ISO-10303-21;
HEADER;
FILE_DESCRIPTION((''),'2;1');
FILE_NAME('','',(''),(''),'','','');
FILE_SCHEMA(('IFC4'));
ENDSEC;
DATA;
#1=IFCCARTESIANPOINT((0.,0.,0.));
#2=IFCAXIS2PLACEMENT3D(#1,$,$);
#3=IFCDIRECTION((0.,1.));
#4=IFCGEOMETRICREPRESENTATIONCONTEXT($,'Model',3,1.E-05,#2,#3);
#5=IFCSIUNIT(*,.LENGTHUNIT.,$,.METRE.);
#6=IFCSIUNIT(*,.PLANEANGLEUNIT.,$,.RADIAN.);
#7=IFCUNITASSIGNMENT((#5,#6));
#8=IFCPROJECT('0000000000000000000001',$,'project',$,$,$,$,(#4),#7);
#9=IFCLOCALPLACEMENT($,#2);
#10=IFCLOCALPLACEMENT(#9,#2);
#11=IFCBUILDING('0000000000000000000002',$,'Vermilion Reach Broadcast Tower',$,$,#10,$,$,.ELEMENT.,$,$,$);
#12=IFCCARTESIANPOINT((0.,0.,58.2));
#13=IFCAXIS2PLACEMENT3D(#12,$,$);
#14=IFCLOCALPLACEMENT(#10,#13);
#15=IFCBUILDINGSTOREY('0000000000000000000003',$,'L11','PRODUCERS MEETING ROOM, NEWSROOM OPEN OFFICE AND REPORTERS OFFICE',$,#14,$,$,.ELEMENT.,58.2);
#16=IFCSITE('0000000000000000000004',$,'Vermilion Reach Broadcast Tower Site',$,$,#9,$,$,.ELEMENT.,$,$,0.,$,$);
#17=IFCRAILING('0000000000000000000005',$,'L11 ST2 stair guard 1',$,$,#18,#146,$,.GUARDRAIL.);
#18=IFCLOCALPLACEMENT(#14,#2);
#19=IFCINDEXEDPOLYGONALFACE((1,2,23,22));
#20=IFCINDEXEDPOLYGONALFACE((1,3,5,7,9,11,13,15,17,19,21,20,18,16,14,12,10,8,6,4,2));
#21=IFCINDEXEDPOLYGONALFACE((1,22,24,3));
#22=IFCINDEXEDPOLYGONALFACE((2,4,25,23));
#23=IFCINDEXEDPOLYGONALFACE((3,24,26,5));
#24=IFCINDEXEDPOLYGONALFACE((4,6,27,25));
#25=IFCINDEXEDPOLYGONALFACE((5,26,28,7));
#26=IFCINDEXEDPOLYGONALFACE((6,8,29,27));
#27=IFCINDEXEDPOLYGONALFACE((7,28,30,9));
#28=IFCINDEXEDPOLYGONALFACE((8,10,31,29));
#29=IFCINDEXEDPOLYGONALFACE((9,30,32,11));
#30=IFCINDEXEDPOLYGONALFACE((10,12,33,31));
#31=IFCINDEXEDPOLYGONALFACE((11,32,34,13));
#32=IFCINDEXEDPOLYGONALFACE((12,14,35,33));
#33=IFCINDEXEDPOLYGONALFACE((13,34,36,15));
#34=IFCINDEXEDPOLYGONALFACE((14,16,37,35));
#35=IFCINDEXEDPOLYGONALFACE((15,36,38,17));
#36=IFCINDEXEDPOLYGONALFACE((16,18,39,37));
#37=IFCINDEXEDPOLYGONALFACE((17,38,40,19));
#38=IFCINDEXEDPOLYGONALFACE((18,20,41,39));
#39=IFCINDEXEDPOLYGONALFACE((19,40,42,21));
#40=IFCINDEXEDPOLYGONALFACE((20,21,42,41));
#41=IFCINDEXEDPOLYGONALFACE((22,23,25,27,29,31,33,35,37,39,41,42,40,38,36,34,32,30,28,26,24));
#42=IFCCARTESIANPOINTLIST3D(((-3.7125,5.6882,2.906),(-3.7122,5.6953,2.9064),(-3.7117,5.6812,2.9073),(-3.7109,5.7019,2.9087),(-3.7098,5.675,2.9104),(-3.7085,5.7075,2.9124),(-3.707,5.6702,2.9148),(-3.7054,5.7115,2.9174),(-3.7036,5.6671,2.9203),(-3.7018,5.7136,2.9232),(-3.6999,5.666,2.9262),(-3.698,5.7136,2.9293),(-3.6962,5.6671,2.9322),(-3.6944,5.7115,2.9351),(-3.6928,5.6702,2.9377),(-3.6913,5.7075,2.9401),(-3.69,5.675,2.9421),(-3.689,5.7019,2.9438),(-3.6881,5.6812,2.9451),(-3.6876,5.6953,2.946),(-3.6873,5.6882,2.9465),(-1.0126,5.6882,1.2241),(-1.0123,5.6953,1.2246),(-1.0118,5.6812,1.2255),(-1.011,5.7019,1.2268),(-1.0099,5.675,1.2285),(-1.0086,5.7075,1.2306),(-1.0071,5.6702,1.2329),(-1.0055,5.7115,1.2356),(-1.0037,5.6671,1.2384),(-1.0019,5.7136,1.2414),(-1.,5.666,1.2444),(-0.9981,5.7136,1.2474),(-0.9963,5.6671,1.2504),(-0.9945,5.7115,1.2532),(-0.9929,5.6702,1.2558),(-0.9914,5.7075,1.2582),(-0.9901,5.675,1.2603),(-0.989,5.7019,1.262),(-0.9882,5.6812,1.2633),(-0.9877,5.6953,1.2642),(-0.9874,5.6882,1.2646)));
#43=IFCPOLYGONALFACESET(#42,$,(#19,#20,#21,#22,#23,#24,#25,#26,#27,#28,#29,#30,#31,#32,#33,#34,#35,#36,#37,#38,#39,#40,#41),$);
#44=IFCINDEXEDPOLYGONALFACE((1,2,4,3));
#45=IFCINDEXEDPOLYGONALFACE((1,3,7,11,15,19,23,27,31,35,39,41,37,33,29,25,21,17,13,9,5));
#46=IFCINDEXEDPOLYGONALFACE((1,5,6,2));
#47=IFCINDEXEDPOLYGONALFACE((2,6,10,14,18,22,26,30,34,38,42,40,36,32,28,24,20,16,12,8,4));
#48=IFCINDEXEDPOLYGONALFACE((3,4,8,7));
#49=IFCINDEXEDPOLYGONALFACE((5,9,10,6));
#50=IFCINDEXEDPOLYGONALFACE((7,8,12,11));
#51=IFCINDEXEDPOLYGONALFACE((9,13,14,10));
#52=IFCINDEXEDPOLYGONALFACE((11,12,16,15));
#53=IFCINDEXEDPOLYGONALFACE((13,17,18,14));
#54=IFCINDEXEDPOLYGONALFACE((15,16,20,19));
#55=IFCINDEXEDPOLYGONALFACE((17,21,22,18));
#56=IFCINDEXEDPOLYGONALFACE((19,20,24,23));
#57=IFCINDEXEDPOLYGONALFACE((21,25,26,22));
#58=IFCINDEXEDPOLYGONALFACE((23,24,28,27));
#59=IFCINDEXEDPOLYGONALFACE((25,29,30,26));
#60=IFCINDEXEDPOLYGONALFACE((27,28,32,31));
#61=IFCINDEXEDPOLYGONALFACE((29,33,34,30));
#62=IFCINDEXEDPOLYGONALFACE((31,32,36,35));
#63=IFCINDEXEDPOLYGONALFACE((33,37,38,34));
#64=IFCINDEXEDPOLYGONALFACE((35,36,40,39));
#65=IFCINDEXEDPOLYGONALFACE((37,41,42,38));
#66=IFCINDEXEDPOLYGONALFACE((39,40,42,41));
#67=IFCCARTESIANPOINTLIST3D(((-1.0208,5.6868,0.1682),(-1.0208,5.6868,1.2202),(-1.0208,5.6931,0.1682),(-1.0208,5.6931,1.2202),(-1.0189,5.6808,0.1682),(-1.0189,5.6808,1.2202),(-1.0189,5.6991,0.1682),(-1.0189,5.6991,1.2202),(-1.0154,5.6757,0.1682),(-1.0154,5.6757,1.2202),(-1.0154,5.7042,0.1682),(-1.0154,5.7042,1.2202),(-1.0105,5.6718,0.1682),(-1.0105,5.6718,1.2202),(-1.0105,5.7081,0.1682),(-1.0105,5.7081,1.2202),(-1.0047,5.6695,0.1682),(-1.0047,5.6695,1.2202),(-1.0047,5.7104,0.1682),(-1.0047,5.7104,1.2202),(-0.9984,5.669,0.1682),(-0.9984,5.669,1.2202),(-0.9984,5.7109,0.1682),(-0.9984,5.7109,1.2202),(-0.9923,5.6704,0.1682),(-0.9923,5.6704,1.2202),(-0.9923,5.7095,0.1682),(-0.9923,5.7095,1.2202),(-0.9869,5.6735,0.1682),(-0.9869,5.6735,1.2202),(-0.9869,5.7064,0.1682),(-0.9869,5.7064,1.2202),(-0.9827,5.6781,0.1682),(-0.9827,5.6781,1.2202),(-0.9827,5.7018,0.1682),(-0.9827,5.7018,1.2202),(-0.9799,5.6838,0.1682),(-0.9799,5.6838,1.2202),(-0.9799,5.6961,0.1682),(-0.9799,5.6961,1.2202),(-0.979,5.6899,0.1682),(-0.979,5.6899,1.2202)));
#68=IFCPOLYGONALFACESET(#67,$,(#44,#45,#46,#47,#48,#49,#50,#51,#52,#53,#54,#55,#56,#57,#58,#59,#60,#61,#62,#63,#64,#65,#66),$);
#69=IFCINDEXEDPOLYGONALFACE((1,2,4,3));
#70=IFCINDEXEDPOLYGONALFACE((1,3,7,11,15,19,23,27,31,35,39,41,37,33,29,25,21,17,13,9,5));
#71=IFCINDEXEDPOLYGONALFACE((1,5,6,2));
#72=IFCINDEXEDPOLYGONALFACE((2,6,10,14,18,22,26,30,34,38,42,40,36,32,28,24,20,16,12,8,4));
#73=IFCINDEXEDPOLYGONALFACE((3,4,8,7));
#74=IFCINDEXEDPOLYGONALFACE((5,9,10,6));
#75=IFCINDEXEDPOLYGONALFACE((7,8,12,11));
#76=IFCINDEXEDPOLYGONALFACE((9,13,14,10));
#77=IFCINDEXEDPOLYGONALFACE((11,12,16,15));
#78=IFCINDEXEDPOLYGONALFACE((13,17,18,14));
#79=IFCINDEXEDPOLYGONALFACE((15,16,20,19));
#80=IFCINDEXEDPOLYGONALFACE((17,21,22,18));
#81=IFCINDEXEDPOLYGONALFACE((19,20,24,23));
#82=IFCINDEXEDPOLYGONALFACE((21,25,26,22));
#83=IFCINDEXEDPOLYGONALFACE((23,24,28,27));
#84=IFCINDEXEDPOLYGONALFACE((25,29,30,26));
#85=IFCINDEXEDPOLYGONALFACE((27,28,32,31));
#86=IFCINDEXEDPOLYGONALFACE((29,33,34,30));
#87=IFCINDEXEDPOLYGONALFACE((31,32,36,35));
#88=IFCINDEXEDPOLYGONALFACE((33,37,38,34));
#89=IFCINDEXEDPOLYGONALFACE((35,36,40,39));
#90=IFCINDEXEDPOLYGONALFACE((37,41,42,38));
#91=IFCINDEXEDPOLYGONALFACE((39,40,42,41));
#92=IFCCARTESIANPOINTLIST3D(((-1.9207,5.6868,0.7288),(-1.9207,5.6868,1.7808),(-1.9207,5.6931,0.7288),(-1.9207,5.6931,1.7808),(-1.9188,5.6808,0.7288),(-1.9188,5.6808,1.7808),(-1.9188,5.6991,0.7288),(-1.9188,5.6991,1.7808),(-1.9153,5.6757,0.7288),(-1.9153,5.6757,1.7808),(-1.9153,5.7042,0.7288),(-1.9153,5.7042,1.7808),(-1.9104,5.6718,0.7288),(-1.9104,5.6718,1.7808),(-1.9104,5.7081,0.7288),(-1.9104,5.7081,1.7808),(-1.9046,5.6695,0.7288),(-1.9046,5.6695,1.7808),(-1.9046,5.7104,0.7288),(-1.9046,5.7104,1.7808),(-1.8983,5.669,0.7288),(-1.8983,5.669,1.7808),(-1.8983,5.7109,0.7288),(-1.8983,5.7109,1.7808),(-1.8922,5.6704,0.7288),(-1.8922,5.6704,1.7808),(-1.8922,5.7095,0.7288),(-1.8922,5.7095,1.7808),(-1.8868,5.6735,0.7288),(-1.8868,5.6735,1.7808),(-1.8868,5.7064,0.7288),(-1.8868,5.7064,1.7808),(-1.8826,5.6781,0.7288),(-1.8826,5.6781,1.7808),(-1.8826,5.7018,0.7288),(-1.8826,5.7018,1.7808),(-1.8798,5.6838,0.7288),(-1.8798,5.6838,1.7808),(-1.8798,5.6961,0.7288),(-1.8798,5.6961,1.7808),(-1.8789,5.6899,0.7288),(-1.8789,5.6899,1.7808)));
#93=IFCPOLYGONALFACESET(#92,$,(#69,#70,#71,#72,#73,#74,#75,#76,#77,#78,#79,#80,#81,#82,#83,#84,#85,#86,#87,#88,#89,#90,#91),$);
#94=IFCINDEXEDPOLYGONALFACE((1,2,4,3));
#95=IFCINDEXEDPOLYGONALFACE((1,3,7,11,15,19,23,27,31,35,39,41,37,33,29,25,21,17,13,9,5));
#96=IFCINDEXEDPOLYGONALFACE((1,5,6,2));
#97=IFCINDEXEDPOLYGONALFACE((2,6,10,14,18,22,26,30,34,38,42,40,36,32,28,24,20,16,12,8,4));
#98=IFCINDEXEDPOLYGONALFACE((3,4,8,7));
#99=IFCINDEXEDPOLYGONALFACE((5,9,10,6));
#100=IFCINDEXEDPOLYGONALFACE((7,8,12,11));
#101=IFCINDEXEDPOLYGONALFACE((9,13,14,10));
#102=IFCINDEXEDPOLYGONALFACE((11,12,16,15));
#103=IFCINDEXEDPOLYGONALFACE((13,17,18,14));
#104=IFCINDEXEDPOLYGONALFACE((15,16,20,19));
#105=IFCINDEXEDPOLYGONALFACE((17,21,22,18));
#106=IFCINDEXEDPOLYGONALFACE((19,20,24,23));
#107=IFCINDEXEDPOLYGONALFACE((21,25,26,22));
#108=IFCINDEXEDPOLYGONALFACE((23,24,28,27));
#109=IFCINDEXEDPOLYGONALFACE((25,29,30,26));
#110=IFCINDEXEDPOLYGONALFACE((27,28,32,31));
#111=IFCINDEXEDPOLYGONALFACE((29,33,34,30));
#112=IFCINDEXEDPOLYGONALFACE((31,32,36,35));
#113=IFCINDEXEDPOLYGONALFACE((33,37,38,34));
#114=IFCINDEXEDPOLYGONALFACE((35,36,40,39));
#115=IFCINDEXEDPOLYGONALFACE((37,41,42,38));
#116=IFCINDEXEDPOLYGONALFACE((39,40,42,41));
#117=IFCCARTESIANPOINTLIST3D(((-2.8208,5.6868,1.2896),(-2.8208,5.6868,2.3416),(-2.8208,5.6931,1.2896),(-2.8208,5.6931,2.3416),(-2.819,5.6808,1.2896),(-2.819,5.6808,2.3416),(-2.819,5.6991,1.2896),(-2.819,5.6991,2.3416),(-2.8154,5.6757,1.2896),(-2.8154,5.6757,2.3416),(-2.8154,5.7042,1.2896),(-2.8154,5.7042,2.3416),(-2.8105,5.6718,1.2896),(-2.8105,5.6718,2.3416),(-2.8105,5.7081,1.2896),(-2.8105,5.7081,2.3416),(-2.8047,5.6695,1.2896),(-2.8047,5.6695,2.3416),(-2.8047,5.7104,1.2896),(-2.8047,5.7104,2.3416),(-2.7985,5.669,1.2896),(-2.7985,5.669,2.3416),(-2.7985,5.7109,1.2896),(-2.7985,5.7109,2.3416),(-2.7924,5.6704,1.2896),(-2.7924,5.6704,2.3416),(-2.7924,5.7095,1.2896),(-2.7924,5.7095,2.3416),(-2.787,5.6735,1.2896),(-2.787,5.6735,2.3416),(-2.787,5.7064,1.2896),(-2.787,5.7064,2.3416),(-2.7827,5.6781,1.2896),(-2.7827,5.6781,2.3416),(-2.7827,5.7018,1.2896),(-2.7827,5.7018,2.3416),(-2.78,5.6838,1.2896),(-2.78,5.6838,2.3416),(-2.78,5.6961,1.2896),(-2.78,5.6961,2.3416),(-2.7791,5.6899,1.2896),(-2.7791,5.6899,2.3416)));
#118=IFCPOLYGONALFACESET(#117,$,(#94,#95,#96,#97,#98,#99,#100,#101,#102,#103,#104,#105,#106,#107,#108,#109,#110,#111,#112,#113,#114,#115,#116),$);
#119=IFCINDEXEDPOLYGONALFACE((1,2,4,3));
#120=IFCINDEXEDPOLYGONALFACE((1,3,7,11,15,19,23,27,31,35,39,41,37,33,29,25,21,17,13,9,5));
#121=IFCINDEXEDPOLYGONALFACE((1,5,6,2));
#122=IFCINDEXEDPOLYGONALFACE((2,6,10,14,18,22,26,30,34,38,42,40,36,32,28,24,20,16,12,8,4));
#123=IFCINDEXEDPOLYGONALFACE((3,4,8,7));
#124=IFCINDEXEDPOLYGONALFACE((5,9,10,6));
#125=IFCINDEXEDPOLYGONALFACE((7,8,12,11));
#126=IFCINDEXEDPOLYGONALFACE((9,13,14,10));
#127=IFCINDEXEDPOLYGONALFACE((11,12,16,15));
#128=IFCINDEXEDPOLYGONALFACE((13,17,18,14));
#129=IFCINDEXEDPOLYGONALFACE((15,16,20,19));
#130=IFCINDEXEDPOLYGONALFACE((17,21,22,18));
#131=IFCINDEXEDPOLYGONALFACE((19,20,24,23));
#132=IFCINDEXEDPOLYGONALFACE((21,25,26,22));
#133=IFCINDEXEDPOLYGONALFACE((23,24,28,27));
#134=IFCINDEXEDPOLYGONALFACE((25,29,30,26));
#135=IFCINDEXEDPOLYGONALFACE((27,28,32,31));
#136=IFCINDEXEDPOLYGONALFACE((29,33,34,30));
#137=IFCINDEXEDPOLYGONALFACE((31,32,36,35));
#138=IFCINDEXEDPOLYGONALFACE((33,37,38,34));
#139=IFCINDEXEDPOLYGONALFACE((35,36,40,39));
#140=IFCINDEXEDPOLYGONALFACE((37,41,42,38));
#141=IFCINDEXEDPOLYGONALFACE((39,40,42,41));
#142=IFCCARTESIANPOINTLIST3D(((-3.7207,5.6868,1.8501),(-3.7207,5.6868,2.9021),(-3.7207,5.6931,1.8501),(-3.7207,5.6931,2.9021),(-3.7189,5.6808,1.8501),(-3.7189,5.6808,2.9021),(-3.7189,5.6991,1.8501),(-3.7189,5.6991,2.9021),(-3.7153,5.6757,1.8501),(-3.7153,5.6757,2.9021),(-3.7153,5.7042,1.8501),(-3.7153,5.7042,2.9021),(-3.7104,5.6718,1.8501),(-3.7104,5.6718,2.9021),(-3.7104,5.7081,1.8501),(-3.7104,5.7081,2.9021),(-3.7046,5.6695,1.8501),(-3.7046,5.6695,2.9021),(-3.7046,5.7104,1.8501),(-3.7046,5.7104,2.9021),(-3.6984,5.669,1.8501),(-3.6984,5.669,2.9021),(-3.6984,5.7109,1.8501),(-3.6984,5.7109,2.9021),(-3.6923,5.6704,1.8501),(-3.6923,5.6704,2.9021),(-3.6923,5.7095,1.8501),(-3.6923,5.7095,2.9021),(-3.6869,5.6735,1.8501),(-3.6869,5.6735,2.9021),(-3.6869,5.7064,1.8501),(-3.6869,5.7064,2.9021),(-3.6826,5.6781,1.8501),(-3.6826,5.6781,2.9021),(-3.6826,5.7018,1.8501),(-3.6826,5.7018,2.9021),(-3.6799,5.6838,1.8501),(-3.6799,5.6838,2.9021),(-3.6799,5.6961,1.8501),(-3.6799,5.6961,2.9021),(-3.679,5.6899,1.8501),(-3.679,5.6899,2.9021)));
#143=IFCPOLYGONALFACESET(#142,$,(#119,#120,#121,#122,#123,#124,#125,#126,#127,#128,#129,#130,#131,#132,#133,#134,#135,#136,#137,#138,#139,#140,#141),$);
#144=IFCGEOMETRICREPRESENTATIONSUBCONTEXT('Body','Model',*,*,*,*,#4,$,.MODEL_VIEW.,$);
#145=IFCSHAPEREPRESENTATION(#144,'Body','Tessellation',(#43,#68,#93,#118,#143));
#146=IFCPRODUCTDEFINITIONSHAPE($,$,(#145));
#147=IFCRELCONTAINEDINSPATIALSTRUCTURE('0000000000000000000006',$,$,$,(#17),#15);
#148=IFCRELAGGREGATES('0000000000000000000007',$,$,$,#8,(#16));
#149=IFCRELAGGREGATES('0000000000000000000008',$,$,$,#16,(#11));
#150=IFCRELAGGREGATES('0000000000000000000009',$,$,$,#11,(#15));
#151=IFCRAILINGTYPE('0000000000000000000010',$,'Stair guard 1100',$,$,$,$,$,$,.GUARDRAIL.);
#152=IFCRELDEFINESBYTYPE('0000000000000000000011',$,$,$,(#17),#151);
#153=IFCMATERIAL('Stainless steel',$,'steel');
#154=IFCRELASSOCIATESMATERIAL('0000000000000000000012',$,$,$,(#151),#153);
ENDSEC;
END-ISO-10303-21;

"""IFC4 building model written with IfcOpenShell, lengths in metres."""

from ifc_helpers import new_model, si_unit, direction, frame, origin, origin_2d, place, context, subcontext, project, spatial, circle, extrude, material, type_object, element, save


model = new_model("IFC4")

# Units and contexts
model_context = context("Model", 3, precision=1e-05, world=origin(), true_north=direction((0.0, 1.0)))
body_context = subcontext(model_context, "Body", "Model", "MODEL_VIEW")
ifc_project = project(units=[si_unit("LENGTHUNIT", "METRE"), si_unit("PLANEANGLEUNIT", "RADIAN")], contexts=[model_context])

# Site, building, storey
site_placement = place(None, origin())
site = spatial("IfcSite", under=ifc_project, at=site_placement, Name="Vermilion Reach Broadcast Tower Site", CompositionType="ELEMENT", RefElevation=0.0)
building_placement = place(site_placement, origin())
building = spatial("IfcBuilding", under=site, at=building_placement, Name="Vermilion Reach Broadcast Tower", CompositionType="ELEMENT")
storey_placement = place(building_placement, frame((0.0, 0.0, 58.2)))
storey = spatial("IfcBuildingStorey", under=building, at=storey_placement, Name="L11", Description="PRODUCERS MEETING ROOM, NEWSROOM OPEN OFFICE AND REPORTERS OFFICE", CompositionType="ELEMENT", Elevation=58.2)

# Railing
ifc_material_1 = material(Name="Stainless steel", Category="steel")
railing_type_1 = type_object("IfcRailingType", Name="Stair guard 1100", PredefinedType="GUARDRAIL", material=ifc_material_1)
railing_1_placement = place(storey_placement, frame((-1.0, 5.6899, 0.1682)))
element("IfcRailing", 1, at=railing_1_placement, inside=storey, type_object=railing_type_1, Name="L11 ST2 stair guard 1", PredefinedType="GUARDRAIL", context=body_context, shape_type="SweptSolid", body=[
    extrude(circle(Radius=0.0239, at=origin_2d()), frame((0.0, 0.0, 1.0762), z_axis=(-0.848786, 0.0, 0.528736), x_axis=(0.0, -1.0, 0.0)), (0.0, 0.0, 1.0), 3.1809),
    extrude(circle(Radius=0.021, at=origin_2d()), origin(), (0.0, 0.0, 1.0), 1.052),
    extrude(circle(Radius=0.021, at=origin_2d()), frame((-0.8999, 0.0, 0.5605)), (0.0, 0.0, 1.0), 1.052),
    extrude(circle(Radius=0.021, at=origin_2d()), frame((-1.8, 0.0, 1.1213)), (0.0, 0.0, 1.0), 1.052),
    extrude(circle(Radius=0.021, at=origin_2d()), frame((-2.7, 0.0, 1.6819)), (0.0, 0.0, 1.0), 1.052),
])

save(model, "model.ifc")
